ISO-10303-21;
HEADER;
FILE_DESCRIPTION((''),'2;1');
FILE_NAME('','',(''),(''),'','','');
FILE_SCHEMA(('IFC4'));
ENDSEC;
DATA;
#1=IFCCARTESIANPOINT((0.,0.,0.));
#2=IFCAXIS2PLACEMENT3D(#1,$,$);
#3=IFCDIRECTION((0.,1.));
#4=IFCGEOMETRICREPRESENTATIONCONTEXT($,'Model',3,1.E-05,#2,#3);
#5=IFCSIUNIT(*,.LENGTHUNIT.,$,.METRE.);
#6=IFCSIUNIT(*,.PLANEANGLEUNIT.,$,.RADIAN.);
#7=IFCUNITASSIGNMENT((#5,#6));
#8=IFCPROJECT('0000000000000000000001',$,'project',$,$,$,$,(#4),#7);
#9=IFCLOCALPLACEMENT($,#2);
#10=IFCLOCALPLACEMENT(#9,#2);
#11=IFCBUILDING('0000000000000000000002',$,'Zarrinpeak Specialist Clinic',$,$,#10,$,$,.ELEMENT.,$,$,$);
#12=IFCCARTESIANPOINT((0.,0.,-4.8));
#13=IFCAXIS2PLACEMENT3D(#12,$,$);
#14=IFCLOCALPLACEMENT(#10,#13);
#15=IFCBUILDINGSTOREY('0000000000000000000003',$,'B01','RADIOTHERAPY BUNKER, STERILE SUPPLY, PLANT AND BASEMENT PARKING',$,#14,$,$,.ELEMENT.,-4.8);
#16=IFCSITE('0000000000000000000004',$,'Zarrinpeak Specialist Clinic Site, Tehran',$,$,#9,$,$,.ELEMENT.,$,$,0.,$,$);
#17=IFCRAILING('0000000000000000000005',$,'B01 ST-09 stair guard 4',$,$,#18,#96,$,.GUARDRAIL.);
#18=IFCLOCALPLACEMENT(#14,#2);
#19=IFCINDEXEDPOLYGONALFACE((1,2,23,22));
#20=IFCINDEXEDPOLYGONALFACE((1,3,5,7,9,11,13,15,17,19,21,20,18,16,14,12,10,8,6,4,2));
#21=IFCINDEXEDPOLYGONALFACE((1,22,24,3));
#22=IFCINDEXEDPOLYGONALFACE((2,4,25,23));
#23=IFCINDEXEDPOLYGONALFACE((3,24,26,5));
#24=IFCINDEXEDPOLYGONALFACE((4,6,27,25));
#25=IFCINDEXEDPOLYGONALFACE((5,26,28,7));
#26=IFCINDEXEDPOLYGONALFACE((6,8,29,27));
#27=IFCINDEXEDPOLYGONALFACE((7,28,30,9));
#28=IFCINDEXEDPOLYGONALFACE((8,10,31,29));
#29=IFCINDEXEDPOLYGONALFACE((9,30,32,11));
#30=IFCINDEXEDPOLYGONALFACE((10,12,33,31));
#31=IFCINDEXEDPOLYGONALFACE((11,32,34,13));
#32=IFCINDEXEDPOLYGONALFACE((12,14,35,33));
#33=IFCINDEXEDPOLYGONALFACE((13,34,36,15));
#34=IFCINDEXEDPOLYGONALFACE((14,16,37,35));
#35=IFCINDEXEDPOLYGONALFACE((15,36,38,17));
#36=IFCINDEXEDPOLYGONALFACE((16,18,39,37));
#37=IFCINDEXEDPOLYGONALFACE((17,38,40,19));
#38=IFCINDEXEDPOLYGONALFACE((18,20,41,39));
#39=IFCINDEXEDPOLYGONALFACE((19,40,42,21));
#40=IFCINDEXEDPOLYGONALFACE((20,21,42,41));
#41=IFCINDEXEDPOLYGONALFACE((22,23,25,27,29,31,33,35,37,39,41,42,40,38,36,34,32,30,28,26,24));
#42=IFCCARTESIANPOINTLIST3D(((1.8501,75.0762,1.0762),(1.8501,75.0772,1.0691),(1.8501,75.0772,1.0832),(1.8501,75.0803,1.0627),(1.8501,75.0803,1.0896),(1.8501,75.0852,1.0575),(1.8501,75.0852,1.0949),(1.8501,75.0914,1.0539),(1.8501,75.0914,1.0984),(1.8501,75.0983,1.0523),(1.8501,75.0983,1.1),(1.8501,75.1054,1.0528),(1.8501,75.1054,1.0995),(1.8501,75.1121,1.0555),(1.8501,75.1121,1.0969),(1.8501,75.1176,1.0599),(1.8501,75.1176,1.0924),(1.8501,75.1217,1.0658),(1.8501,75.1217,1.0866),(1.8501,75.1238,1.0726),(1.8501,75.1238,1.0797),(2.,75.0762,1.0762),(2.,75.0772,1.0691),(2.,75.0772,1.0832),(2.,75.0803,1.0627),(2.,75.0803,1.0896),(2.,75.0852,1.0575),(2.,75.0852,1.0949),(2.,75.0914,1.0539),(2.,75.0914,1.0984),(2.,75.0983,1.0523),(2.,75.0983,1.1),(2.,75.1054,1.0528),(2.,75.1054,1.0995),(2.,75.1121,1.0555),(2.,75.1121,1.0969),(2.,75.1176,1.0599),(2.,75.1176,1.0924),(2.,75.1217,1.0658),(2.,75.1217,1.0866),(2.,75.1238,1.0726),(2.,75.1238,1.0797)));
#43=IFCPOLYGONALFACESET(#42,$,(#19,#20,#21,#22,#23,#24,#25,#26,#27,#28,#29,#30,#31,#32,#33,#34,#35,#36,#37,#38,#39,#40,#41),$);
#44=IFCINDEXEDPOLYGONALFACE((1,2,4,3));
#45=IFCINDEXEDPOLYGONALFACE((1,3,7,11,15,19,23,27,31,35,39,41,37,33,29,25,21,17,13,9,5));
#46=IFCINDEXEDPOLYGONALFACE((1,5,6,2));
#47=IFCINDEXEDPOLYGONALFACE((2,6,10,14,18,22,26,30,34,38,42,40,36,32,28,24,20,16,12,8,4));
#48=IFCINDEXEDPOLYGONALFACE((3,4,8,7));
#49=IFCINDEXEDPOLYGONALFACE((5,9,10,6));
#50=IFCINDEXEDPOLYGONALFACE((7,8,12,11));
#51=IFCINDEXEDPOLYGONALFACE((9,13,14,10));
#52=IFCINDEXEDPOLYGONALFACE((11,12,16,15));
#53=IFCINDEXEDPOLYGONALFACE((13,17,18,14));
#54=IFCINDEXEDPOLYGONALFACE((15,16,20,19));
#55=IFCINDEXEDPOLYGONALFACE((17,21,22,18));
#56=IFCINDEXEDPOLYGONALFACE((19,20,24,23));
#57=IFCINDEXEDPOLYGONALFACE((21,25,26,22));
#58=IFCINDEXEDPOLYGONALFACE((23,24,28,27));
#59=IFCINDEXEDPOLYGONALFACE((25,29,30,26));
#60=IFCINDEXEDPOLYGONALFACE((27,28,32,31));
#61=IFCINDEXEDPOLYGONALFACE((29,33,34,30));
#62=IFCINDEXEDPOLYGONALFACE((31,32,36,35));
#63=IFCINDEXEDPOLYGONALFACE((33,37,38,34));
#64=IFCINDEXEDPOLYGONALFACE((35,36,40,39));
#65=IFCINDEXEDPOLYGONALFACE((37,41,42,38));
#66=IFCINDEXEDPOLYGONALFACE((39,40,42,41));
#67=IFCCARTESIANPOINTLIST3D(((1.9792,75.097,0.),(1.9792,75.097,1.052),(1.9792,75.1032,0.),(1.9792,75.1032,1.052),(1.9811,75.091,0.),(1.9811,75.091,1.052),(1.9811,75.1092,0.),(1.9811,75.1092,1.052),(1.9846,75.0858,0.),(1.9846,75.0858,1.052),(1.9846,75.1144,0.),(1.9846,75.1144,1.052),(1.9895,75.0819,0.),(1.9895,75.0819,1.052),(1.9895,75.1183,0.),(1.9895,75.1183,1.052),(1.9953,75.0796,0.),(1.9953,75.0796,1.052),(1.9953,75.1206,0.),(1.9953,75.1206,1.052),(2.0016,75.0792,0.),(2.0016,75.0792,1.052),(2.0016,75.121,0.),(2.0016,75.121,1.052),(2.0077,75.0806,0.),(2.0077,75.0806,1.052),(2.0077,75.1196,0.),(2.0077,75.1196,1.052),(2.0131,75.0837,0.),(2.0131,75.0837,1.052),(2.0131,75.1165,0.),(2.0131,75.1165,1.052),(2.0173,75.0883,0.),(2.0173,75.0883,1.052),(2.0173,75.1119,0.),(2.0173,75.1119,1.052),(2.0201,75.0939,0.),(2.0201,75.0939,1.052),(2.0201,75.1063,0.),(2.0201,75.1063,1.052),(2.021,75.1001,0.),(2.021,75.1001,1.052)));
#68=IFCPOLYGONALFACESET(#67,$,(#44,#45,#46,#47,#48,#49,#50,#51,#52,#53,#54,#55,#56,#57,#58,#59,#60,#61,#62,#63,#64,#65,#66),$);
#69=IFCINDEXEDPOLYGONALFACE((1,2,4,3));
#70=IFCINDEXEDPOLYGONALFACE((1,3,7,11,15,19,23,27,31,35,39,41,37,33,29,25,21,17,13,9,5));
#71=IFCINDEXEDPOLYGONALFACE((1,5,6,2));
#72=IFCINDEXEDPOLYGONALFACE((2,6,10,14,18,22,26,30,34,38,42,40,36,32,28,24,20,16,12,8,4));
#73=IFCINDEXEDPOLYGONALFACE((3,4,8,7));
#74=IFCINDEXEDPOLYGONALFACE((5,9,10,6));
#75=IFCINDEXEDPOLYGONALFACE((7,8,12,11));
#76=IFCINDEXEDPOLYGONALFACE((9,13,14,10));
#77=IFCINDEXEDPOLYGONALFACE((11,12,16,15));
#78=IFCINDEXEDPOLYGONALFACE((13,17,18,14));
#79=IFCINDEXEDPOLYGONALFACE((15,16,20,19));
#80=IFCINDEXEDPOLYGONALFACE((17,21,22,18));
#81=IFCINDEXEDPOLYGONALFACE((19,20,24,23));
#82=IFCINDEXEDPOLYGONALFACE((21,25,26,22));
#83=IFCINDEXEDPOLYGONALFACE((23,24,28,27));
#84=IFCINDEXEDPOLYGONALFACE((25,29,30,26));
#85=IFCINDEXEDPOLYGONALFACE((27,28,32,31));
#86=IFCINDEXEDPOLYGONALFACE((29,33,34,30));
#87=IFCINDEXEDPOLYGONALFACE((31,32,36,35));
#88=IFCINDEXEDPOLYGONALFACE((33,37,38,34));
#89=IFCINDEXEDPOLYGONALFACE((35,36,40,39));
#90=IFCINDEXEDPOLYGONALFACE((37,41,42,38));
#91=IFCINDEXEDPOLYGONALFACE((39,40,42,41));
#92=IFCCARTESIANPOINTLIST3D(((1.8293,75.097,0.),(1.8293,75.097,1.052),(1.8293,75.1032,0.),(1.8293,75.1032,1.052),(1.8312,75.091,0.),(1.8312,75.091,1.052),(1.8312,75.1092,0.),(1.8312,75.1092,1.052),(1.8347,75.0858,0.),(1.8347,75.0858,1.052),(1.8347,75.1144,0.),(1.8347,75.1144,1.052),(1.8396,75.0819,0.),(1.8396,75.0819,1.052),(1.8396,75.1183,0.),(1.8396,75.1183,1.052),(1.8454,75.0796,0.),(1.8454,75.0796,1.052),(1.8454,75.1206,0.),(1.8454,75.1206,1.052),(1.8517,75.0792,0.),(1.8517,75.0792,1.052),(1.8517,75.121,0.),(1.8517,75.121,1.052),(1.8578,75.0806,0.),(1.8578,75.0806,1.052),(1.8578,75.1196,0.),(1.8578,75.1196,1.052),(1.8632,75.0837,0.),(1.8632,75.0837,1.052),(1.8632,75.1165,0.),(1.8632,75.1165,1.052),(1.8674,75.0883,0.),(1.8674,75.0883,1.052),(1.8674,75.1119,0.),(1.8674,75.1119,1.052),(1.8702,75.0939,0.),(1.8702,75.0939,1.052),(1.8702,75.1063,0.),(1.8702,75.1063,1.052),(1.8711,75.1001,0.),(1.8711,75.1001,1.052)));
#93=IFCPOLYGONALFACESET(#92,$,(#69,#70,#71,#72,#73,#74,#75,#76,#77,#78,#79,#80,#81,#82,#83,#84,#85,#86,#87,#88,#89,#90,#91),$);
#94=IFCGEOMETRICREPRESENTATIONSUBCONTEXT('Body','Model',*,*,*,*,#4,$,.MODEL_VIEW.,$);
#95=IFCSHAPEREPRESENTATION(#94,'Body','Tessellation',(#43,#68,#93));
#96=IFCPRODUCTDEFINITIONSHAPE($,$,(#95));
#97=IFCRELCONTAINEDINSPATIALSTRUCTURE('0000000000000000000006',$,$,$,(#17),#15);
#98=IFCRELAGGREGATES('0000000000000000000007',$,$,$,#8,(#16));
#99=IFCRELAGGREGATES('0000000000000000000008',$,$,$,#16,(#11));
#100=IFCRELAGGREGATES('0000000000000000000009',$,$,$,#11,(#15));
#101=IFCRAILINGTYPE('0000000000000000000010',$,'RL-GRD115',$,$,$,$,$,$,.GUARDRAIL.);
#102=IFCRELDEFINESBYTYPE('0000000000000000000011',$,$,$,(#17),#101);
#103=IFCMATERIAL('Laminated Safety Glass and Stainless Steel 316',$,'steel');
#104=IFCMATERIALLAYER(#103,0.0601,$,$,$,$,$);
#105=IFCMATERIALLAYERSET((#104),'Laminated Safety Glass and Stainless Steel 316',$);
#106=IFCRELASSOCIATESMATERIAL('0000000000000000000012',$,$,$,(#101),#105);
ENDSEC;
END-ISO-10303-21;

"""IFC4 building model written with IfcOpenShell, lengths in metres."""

from ifc_helpers import new_model, si_unit, direction, frame, origin, origin_2d, place, context, subcontext, project, spatial, circle, extrude, material, layer, layer_set, type_object, element, save


model = new_model("IFC4")

# Units and contexts
model_context = context("Model", 3, precision=1e-05, world=origin(), true_north=direction((0.0, 1.0)))
body_context = subcontext(model_context, "Body", "Model", "MODEL_VIEW")
ifc_project = project(units=[si_unit("LENGTHUNIT", "METRE"), si_unit("PLANEANGLEUNIT", "RADIAN")], contexts=[model_context])

# Site, building, storey
site_placement = place(None, origin())
site = spatial("IfcSite", under=ifc_project, at=site_placement, Name="Zarrinpeak Specialist Clinic Site, Tehran", CompositionType="ELEMENT", RefElevation=0.0)
building_placement = place(site_placement, origin())
building = spatial("IfcBuilding", under=site, at=building_placement, Name="Zarrinpeak Specialist Clinic", CompositionType="ELEMENT")
storey_placement = place(building_placement, frame((0.0, 0.0, -4.8)))
storey = spatial("IfcBuildingStorey", under=building, at=storey_placement, Name="B01", Description="RADIOTHERAPY BUNKER, STERILE SUPPLY, PLANT AND BASEMENT PARKING", CompositionType="ELEMENT", Elevation=-4.8)

# Railing
ifc_material_1 = material(Name="Laminated Safety Glass and Stainless Steel 316", Category="steel")
ifc_layer_1 = layer(ifc_material_1, 0.0601)
ifc_layer_set_1 = layer_set([ifc_layer_1], Name="Laminated Safety Glass and Stainless Steel 316")
railing_type_1 = type_object("IfcRailingType", Name="RL-GRD115", PredefinedType="GUARDRAIL", material=ifc_layer_set_1)
railing_1_placement = place(storey_placement, frame((2.0, 75.1001, 0.0)))
element("IfcRailing", 1, at=railing_1_placement, inside=storey, type_object=railing_type_1, Name="B01 ST-09 stair guard 4", PredefinedType="GUARDRAIL", context=body_context, shape_type="SweptSolid", body=[
    extrude(circle(Radius=0.0239, at=origin_2d()), frame((0.0, 0.0, 1.0762), z_axis=(-1.0, 0.0, 0.0), x_axis=(0.0, -1.0, 0.0)), (0.0, 0.0, 1.0), 0.1499),
    extrude(circle(Radius=0.021, at=origin_2d()), origin(), (0.0, 0.0, 1.0), 1.052),
    extrude(circle(Radius=0.021, at=origin_2d()), frame((-0.1499, 0.0, 0.0)), (0.0, 0.0, 1.0), 1.052),
])

save(model, "model.ifc")
